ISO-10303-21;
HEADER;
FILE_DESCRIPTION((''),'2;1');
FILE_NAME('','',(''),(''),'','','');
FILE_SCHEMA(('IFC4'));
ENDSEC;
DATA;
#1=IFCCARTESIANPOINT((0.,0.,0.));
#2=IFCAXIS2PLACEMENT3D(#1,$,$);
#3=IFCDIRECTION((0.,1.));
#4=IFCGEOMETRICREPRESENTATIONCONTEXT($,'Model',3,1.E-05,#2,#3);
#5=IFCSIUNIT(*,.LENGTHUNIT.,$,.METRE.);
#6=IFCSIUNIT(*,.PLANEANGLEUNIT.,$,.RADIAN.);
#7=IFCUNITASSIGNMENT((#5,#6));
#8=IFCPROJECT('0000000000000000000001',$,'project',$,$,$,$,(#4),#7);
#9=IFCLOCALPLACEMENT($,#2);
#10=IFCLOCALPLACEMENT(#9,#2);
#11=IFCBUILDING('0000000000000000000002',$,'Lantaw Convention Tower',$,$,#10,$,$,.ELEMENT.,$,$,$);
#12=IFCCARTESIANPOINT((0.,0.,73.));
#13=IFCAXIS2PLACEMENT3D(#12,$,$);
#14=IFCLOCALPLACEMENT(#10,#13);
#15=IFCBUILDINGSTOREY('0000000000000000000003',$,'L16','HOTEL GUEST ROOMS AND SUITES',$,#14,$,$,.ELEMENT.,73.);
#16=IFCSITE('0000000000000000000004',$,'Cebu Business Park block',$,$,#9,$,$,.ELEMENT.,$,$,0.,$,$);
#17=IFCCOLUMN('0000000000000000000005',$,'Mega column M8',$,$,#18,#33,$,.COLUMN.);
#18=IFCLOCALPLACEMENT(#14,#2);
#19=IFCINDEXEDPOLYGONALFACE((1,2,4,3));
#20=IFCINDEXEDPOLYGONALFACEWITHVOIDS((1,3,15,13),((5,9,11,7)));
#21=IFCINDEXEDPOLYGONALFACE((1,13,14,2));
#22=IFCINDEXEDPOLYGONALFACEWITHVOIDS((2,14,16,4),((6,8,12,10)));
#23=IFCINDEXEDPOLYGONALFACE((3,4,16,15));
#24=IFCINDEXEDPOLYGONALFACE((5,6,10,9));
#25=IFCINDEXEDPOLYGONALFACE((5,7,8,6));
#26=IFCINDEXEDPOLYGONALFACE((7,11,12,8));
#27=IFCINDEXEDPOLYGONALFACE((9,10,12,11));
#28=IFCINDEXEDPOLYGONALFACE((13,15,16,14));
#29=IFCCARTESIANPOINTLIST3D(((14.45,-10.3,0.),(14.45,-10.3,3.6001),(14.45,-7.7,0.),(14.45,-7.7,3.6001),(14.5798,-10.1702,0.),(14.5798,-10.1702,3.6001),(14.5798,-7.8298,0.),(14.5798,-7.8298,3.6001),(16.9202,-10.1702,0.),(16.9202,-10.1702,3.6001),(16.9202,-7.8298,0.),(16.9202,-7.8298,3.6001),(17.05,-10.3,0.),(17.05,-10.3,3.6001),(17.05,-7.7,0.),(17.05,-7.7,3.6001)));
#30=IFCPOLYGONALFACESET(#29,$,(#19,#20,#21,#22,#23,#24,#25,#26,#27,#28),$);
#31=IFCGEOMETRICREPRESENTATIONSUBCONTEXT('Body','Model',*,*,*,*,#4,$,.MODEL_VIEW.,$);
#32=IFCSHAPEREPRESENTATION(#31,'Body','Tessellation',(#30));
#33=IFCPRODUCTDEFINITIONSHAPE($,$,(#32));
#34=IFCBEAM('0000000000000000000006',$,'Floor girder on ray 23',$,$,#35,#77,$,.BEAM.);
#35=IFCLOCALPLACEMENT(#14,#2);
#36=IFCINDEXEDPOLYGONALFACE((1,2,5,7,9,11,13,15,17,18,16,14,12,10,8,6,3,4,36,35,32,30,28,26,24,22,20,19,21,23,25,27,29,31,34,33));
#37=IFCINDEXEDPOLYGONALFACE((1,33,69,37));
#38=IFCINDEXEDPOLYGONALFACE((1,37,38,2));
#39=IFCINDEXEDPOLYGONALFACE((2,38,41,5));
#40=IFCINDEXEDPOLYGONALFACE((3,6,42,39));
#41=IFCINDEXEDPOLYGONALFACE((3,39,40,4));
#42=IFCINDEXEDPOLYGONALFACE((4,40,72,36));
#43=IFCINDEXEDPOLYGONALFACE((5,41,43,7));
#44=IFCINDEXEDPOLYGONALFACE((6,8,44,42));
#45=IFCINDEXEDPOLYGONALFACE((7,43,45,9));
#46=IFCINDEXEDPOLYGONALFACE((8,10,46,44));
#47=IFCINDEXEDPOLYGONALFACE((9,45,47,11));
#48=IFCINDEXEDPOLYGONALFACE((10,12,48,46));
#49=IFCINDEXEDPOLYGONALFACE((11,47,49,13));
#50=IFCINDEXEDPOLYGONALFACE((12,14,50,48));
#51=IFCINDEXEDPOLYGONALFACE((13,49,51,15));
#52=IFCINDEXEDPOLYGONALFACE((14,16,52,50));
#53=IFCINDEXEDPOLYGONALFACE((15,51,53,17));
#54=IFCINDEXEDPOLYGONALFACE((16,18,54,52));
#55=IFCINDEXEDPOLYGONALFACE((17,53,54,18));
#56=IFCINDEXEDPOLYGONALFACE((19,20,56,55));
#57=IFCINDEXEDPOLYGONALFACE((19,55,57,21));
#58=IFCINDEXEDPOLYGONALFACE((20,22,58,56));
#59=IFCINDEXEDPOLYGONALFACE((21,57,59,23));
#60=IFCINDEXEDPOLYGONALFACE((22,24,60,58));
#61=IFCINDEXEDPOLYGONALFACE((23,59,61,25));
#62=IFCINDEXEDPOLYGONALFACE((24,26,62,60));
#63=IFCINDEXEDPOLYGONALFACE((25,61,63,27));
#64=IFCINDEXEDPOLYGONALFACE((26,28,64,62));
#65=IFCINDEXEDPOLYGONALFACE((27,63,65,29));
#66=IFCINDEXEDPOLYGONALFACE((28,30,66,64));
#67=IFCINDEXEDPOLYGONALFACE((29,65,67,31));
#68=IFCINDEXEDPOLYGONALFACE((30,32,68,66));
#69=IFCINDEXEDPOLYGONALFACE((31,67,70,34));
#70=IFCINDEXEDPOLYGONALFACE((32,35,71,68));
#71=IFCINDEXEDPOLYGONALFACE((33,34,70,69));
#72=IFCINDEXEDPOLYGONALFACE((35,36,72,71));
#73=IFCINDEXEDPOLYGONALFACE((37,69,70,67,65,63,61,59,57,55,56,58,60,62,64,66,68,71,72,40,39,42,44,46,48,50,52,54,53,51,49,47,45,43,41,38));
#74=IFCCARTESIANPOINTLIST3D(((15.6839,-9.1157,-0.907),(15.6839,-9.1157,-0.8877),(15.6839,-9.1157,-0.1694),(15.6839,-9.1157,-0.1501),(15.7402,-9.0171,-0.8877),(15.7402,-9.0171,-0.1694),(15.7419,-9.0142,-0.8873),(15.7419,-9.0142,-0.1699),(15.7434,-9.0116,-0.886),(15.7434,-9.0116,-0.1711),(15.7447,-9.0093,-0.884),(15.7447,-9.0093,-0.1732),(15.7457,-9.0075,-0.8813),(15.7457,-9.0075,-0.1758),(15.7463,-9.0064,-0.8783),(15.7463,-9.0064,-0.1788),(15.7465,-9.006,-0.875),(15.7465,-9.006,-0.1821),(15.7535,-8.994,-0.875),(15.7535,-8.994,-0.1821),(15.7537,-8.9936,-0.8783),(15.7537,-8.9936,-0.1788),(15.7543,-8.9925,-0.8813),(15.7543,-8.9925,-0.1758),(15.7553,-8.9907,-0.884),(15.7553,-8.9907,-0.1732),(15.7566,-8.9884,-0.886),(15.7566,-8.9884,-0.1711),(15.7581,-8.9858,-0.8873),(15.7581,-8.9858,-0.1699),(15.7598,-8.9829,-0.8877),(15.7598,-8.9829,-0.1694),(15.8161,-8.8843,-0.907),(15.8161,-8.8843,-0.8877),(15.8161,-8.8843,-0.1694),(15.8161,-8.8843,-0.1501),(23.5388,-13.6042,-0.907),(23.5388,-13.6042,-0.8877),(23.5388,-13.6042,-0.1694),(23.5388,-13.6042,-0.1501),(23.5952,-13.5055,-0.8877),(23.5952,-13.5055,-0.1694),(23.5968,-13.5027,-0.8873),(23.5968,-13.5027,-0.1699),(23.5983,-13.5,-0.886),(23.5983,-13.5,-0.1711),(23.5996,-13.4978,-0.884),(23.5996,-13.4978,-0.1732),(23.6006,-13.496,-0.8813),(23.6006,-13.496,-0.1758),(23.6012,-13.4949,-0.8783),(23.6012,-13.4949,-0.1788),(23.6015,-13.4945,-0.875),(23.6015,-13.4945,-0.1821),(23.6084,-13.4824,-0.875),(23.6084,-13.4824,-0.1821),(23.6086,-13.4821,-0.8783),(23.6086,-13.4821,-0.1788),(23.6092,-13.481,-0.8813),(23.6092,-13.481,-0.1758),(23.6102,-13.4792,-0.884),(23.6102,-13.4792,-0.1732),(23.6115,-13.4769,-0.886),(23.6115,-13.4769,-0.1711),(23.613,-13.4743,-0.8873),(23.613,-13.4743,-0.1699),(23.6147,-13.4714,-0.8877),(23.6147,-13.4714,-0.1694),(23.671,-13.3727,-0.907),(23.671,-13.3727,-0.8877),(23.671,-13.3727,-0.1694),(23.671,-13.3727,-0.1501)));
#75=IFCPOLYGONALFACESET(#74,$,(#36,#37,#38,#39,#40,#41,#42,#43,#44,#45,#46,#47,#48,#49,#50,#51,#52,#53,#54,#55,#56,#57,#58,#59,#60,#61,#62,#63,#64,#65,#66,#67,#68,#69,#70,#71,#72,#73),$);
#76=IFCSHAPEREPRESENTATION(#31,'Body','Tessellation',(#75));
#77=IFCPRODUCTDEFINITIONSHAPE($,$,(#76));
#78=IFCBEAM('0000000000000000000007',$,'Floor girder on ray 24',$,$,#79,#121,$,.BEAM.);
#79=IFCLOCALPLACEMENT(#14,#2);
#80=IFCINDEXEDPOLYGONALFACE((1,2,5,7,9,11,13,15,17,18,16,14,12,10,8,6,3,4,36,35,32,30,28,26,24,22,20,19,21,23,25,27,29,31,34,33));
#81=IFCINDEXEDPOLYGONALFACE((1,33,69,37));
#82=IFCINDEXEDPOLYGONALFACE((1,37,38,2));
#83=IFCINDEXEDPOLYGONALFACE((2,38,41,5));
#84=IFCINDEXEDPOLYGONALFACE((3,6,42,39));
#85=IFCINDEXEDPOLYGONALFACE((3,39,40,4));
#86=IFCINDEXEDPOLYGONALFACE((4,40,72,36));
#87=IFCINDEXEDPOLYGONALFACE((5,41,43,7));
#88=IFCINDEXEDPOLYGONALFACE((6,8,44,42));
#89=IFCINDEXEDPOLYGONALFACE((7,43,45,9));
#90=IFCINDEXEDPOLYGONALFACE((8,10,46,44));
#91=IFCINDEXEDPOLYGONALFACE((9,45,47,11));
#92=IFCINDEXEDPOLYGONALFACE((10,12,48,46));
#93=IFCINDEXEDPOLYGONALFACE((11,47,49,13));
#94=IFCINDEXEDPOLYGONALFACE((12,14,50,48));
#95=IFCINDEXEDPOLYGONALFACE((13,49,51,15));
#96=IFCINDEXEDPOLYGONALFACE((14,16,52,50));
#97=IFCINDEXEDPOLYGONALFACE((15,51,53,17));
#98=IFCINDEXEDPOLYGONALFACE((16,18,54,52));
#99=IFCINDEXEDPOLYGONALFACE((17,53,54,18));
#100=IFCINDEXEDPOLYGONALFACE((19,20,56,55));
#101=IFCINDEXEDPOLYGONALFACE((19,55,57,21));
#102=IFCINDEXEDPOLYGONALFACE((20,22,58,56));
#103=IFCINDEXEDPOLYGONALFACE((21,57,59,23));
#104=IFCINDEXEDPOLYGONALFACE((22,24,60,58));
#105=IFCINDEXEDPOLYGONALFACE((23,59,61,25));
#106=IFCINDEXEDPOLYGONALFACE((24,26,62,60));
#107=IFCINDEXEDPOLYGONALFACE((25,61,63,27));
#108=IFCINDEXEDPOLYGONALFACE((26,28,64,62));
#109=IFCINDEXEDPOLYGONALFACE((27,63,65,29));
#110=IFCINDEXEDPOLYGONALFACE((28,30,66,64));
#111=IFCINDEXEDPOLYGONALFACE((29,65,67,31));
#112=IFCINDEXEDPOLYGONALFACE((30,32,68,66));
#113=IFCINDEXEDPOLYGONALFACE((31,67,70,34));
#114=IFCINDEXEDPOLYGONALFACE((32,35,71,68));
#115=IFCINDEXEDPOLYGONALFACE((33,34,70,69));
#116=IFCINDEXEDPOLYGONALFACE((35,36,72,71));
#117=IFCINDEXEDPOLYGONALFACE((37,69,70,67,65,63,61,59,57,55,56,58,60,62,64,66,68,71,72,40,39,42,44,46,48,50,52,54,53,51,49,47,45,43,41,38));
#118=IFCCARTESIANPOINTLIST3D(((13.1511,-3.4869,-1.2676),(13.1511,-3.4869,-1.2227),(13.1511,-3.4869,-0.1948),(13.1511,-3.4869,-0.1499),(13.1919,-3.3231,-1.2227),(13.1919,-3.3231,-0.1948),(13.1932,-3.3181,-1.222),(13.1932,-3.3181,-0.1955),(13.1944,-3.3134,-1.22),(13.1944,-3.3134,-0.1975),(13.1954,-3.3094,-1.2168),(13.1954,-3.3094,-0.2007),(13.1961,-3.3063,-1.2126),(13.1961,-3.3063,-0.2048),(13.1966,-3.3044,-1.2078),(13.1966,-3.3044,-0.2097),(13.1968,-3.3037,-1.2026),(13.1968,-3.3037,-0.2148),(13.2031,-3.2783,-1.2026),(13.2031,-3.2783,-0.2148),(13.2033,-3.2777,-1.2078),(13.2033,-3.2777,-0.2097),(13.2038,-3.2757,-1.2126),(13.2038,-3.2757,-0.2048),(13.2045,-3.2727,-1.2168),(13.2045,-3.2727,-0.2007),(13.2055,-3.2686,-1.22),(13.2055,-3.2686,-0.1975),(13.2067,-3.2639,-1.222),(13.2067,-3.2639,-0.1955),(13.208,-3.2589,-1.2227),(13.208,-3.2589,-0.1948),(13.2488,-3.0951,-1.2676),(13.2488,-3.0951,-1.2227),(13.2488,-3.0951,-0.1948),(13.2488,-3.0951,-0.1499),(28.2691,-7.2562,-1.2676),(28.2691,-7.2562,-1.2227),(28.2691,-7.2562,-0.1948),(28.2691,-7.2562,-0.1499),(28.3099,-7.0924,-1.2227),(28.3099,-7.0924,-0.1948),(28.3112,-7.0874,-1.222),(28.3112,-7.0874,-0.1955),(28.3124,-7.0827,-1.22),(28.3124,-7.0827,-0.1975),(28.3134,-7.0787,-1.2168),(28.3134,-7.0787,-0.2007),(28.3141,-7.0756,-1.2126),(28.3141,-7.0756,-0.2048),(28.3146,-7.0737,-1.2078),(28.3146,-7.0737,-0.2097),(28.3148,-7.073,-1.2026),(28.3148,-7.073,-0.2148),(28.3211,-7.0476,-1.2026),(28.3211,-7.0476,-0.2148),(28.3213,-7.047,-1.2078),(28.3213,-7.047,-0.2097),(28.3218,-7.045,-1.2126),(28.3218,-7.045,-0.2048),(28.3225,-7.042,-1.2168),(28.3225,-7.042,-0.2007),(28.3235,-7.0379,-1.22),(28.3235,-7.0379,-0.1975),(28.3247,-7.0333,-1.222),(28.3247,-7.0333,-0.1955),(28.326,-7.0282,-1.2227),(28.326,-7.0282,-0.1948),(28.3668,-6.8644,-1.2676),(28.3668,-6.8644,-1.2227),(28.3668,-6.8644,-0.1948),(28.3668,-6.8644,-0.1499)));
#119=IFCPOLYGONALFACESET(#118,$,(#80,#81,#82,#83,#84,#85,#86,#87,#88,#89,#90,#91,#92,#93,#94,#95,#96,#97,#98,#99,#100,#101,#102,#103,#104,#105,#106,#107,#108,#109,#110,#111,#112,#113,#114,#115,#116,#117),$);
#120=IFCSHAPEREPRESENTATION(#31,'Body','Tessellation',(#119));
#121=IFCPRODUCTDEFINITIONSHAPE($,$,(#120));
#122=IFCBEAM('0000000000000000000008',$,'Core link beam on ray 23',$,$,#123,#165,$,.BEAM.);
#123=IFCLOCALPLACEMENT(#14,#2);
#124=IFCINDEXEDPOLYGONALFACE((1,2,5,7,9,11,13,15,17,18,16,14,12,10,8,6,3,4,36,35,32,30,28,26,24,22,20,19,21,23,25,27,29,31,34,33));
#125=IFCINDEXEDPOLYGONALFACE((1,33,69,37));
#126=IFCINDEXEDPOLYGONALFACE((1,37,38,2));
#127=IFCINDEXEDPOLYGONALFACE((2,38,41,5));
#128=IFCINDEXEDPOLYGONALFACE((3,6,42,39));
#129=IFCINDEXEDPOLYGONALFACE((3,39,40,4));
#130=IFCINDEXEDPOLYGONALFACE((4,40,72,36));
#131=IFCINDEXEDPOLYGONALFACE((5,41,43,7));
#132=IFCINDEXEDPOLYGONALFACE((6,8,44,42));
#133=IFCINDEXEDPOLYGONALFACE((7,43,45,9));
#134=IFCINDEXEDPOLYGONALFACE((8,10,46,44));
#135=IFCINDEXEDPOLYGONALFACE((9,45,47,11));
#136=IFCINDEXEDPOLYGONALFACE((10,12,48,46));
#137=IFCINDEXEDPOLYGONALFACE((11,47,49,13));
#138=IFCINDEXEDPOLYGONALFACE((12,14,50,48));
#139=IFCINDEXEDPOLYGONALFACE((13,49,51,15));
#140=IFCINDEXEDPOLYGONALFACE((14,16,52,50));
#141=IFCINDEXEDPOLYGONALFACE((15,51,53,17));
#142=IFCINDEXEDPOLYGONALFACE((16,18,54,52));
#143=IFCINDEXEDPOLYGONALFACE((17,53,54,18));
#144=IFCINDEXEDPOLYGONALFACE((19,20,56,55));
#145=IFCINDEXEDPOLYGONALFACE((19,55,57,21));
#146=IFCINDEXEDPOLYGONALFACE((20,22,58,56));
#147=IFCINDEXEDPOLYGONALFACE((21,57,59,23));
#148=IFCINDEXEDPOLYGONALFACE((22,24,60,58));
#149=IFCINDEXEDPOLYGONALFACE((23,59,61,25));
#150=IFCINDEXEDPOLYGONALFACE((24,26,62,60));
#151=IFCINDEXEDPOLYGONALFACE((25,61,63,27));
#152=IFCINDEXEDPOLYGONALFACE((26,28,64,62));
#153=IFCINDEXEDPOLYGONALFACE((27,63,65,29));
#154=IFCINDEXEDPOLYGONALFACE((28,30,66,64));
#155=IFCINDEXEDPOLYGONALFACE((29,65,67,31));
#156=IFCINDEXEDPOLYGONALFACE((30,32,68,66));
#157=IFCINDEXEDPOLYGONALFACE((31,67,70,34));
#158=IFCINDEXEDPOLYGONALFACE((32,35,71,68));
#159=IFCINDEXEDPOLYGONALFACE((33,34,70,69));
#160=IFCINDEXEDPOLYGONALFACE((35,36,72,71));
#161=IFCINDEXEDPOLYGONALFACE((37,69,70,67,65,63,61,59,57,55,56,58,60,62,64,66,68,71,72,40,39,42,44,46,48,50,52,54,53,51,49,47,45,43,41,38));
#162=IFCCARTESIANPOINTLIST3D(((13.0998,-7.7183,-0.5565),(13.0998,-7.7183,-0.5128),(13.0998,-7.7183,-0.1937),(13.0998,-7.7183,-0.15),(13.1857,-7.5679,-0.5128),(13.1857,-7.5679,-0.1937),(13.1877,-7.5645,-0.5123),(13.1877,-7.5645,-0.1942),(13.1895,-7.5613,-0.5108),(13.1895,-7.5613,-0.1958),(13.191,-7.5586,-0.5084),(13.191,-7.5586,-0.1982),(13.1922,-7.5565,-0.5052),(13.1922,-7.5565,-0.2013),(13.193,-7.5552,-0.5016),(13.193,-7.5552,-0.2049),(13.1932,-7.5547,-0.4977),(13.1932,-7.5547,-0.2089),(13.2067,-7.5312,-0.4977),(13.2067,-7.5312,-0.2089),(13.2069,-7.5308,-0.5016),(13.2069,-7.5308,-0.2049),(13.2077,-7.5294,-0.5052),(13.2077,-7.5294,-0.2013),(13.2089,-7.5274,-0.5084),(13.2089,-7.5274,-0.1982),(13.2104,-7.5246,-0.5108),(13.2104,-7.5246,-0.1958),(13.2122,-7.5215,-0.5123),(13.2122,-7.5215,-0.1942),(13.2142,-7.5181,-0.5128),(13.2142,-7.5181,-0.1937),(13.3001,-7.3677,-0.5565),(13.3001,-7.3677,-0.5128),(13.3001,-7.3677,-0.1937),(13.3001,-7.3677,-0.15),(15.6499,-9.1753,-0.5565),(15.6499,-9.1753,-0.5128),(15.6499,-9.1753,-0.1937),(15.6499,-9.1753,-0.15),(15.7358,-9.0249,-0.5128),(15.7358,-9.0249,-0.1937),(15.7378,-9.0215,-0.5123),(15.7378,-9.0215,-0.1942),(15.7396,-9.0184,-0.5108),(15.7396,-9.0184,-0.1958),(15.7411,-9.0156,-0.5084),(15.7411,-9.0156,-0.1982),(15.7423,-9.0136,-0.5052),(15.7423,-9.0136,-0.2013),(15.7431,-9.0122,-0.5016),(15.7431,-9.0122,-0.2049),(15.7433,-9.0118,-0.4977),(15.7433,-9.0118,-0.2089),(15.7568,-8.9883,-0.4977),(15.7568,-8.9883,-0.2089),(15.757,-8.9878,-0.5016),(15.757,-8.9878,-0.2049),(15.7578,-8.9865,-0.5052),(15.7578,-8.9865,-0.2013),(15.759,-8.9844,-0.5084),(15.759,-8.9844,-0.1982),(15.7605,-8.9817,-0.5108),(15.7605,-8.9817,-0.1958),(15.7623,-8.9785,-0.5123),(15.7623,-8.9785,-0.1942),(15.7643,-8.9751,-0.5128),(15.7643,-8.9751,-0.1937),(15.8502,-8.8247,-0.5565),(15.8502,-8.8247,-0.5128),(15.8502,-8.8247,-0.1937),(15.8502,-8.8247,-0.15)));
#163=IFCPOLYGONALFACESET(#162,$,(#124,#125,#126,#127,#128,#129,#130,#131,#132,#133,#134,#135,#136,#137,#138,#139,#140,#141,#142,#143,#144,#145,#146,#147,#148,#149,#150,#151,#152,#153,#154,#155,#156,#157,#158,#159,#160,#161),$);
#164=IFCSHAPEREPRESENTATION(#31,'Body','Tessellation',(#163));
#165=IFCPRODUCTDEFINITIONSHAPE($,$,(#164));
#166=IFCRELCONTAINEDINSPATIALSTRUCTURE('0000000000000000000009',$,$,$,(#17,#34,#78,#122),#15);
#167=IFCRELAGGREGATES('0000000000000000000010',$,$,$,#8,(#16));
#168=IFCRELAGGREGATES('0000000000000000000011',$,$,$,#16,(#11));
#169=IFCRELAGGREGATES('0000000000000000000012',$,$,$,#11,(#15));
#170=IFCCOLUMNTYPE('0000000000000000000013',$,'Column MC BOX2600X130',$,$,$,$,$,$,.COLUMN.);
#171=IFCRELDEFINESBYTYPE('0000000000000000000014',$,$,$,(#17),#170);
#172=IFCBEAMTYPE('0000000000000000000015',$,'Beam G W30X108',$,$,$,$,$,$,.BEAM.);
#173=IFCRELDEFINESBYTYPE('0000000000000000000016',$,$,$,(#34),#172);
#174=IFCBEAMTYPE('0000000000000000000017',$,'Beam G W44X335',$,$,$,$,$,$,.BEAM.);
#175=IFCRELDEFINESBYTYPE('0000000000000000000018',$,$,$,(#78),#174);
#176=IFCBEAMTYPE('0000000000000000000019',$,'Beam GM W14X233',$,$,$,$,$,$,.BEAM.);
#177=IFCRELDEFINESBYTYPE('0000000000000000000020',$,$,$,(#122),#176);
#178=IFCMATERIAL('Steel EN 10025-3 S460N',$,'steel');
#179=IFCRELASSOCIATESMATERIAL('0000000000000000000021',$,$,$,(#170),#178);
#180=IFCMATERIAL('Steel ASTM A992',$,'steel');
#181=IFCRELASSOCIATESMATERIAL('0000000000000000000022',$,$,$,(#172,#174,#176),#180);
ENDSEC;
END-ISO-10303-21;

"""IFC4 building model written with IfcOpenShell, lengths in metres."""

from ifc_helpers import new_model, si_unit, direction, frame, origin, origin_2d, place, context, subcontext, project, spatial, rectangle, hollow_rectangle, i_section, extrude, material, material_profile, profile_set, type_object, element, save


model = new_model("IFC4")

# Units and contexts
model_context = context("Model", 3, precision=1e-05, world=origin(), true_north=direction((0.0, 1.0)))
body_context = subcontext(model_context, "Body", "Model", "MODEL_VIEW")
ifc_project = project(units=[si_unit("LENGTHUNIT", "METRE"), si_unit("PLANEANGLEUNIT", "RADIAN")], contexts=[model_context])

# Site, building, storey
site_placement = place(None, origin())
site = spatial("IfcSite", under=ifc_project, at=site_placement, Name="Cebu Business Park block", CompositionType="ELEMENT", RefElevation=0.0)
building_placement = place(site_placement, origin())
building = spatial("IfcBuilding", under=site, at=building_placement, Name="Lantaw Convention Tower", CompositionType="ELEMENT")
storey_placement = place(building_placement, frame((0.0, 0.0, 73.0)))
storey = spatial("IfcBuildingStorey", under=building, at=storey_placement, Name="L16", Description="HOTEL GUEST ROOMS AND SUITES", CompositionType="ELEMENT", Elevation=73.0)

# Column
ifc_material_1 = material(Name="Steel EN 10025-3 S460N", Category="steel")
ifc_material_profile_1 = material_profile(ifc_material_1, hollow_rectangle(XDim=2.6001, YDim=2.6001, WallThickness=0.1299, at=origin_2d()), Name="BOX2600X130")
ifc_material_2 = material(Name="Concrete C60/75", Category="concrete")
ifc_material_profile_2 = material_profile(ifc_material_2, rectangle(XDim=2.3401, YDim=2.3401, at=origin_2d()), Name="Concrete fill of BOX2600X130")
ifc_profile_set_1 = profile_set([ifc_material_profile_1, ifc_material_profile_2], Name="Steel EN 10025-3 S460N")
column_type = type_object("IfcColumnType", Name="Column MC BOX2600X130", PredefinedType="COLUMN", material=ifc_profile_set_1)
column_placement = place(storey_placement, frame((15.75, -9.0, 0.0), z_axis=(0.0, 0.0, 1.0), x_axis=(1.0, 0.0, 0.0)))
element("IfcColumn", 1, at=column_placement, inside=storey, type_object=column_type, Name="Mega column M8", PredefinedType="COLUMN", context=body_context, shape_type="SweptSolid", body=[
    extrude(hollow_rectangle(XDim=2.6001, YDim=2.6001, WallThickness=0.1299, at=origin_2d()), origin(), (0.0, 0.0, 1.0), 3.6001),
])

# Beams
ifc_material_3 = material(Name="Steel ASTM A992", Category="steel")
ifc_material_profile_3 = material_profile(ifc_material_3, i_section(OverallWidth=0.2666, OverallDepth=0.7568, WebThickness=0.0139, FlangeThickness=0.0193, FilletRadius=0.0127, at=origin_2d()), Name="W30X108")
ifc_profile_set_2 = profile_set([ifc_material_profile_3], Name="Steel ASTM A992")
beam_type_1 = type_object("IfcBeamType", Name="Beam G W30X108", PredefinedType="BEAM", material=ifc_profile_set_2)
beam_1_placement = place(storey_placement, frame((15.75, -9.0, -0.5286), z_axis=(0.868245, -0.496136, 0.0), x_axis=(0.496136, 0.868245, 0.0)))
element("IfcBeam", 2, at=beam_1_placement, inside=storey, type_object=beam_type_1, Name="Floor girder on ray 23", PredefinedType="BEAM", context=body_context, shape_type="SweptSolid", body=[
    extrude(i_section(OverallWidth=0.2666, OverallDepth=0.7568, WebThickness=0.0139, FlangeThickness=0.0193, FilletRadius=0.0127, at=origin_2d()), origin(), (0.0, 0.0, 1.0), 9.0469),
])
ifc_material_profile_4 = material_profile(ifc_material_3, i_section(OverallWidth=0.4038, OverallDepth=1.1177, WebThickness=0.0261, FlangeThickness=0.0449, FilletRadius=0.02, at=origin_2d()), Name="W44X335")
ifc_profile_set_3 = profile_set([ifc_material_profile_4], Name="Steel ASTM A992")
beam_type_2 = type_object("IfcBeamType", Name="Beam G W44X335", PredefinedType="BEAM", material=ifc_profile_set_3)
beam_2_placement = place(storey_placement, frame((13.2, -3.291, -0.7087), z_axis=(0.970296, -0.24192, 0.0), x_axis=(0.24192, 0.970296, 0.0)))
element("IfcBeam", 3, at=beam_2_placement, inside=storey, type_object=beam_type_2, Name="Floor girder on ray 24", PredefinedType="BEAM", context=body_context, shape_type="SweptSolid", body=[
    extrude(i_section(OverallWidth=0.4038, OverallDepth=1.1177, WebThickness=0.0261, FlangeThickness=0.0449, FilletRadius=0.02, at=origin_2d()), origin(), (0.0, 0.0, 1.0), 15.5808),
])
ifc_material_profile_5 = material_profile(ifc_material_3, i_section(OverallWidth=0.4038, OverallDepth=0.4065, WebThickness=0.0271, FlangeThickness=0.0437, FilletRadius=0.0151, at=origin_2d()), Name="W14X233")
ifc_profile_set_4 = profile_set([ifc_material_profile_5], Name="Steel ASTM A992")
beam_type_3 = type_object("IfcBeamType", Name="Beam GM W14X233", PredefinedType="BEAM", material=ifc_profile_set_4)
beam_3_placement = place(storey_placement, frame((13.2, -7.543, -0.3533), z_axis=(0.868264, -0.496103, 0.0), x_axis=(0.496103, 0.868264, 0.0)))
element("IfcBeam", 4, at=beam_3_placement, inside=storey, type_object=beam_type_3, Name="Core link beam on ray 23", PredefinedType="BEAM", context=body_context, shape_type="SweptSolid", body=[
    extrude(i_section(OverallWidth=0.4038, OverallDepth=0.4065, WebThickness=0.0271, FlangeThickness=0.0437, FilletRadius=0.0151, at=origin_2d()), origin(), (0.0, 0.0, 1.0), 2.937),
])

save(model, "model.ifc")
